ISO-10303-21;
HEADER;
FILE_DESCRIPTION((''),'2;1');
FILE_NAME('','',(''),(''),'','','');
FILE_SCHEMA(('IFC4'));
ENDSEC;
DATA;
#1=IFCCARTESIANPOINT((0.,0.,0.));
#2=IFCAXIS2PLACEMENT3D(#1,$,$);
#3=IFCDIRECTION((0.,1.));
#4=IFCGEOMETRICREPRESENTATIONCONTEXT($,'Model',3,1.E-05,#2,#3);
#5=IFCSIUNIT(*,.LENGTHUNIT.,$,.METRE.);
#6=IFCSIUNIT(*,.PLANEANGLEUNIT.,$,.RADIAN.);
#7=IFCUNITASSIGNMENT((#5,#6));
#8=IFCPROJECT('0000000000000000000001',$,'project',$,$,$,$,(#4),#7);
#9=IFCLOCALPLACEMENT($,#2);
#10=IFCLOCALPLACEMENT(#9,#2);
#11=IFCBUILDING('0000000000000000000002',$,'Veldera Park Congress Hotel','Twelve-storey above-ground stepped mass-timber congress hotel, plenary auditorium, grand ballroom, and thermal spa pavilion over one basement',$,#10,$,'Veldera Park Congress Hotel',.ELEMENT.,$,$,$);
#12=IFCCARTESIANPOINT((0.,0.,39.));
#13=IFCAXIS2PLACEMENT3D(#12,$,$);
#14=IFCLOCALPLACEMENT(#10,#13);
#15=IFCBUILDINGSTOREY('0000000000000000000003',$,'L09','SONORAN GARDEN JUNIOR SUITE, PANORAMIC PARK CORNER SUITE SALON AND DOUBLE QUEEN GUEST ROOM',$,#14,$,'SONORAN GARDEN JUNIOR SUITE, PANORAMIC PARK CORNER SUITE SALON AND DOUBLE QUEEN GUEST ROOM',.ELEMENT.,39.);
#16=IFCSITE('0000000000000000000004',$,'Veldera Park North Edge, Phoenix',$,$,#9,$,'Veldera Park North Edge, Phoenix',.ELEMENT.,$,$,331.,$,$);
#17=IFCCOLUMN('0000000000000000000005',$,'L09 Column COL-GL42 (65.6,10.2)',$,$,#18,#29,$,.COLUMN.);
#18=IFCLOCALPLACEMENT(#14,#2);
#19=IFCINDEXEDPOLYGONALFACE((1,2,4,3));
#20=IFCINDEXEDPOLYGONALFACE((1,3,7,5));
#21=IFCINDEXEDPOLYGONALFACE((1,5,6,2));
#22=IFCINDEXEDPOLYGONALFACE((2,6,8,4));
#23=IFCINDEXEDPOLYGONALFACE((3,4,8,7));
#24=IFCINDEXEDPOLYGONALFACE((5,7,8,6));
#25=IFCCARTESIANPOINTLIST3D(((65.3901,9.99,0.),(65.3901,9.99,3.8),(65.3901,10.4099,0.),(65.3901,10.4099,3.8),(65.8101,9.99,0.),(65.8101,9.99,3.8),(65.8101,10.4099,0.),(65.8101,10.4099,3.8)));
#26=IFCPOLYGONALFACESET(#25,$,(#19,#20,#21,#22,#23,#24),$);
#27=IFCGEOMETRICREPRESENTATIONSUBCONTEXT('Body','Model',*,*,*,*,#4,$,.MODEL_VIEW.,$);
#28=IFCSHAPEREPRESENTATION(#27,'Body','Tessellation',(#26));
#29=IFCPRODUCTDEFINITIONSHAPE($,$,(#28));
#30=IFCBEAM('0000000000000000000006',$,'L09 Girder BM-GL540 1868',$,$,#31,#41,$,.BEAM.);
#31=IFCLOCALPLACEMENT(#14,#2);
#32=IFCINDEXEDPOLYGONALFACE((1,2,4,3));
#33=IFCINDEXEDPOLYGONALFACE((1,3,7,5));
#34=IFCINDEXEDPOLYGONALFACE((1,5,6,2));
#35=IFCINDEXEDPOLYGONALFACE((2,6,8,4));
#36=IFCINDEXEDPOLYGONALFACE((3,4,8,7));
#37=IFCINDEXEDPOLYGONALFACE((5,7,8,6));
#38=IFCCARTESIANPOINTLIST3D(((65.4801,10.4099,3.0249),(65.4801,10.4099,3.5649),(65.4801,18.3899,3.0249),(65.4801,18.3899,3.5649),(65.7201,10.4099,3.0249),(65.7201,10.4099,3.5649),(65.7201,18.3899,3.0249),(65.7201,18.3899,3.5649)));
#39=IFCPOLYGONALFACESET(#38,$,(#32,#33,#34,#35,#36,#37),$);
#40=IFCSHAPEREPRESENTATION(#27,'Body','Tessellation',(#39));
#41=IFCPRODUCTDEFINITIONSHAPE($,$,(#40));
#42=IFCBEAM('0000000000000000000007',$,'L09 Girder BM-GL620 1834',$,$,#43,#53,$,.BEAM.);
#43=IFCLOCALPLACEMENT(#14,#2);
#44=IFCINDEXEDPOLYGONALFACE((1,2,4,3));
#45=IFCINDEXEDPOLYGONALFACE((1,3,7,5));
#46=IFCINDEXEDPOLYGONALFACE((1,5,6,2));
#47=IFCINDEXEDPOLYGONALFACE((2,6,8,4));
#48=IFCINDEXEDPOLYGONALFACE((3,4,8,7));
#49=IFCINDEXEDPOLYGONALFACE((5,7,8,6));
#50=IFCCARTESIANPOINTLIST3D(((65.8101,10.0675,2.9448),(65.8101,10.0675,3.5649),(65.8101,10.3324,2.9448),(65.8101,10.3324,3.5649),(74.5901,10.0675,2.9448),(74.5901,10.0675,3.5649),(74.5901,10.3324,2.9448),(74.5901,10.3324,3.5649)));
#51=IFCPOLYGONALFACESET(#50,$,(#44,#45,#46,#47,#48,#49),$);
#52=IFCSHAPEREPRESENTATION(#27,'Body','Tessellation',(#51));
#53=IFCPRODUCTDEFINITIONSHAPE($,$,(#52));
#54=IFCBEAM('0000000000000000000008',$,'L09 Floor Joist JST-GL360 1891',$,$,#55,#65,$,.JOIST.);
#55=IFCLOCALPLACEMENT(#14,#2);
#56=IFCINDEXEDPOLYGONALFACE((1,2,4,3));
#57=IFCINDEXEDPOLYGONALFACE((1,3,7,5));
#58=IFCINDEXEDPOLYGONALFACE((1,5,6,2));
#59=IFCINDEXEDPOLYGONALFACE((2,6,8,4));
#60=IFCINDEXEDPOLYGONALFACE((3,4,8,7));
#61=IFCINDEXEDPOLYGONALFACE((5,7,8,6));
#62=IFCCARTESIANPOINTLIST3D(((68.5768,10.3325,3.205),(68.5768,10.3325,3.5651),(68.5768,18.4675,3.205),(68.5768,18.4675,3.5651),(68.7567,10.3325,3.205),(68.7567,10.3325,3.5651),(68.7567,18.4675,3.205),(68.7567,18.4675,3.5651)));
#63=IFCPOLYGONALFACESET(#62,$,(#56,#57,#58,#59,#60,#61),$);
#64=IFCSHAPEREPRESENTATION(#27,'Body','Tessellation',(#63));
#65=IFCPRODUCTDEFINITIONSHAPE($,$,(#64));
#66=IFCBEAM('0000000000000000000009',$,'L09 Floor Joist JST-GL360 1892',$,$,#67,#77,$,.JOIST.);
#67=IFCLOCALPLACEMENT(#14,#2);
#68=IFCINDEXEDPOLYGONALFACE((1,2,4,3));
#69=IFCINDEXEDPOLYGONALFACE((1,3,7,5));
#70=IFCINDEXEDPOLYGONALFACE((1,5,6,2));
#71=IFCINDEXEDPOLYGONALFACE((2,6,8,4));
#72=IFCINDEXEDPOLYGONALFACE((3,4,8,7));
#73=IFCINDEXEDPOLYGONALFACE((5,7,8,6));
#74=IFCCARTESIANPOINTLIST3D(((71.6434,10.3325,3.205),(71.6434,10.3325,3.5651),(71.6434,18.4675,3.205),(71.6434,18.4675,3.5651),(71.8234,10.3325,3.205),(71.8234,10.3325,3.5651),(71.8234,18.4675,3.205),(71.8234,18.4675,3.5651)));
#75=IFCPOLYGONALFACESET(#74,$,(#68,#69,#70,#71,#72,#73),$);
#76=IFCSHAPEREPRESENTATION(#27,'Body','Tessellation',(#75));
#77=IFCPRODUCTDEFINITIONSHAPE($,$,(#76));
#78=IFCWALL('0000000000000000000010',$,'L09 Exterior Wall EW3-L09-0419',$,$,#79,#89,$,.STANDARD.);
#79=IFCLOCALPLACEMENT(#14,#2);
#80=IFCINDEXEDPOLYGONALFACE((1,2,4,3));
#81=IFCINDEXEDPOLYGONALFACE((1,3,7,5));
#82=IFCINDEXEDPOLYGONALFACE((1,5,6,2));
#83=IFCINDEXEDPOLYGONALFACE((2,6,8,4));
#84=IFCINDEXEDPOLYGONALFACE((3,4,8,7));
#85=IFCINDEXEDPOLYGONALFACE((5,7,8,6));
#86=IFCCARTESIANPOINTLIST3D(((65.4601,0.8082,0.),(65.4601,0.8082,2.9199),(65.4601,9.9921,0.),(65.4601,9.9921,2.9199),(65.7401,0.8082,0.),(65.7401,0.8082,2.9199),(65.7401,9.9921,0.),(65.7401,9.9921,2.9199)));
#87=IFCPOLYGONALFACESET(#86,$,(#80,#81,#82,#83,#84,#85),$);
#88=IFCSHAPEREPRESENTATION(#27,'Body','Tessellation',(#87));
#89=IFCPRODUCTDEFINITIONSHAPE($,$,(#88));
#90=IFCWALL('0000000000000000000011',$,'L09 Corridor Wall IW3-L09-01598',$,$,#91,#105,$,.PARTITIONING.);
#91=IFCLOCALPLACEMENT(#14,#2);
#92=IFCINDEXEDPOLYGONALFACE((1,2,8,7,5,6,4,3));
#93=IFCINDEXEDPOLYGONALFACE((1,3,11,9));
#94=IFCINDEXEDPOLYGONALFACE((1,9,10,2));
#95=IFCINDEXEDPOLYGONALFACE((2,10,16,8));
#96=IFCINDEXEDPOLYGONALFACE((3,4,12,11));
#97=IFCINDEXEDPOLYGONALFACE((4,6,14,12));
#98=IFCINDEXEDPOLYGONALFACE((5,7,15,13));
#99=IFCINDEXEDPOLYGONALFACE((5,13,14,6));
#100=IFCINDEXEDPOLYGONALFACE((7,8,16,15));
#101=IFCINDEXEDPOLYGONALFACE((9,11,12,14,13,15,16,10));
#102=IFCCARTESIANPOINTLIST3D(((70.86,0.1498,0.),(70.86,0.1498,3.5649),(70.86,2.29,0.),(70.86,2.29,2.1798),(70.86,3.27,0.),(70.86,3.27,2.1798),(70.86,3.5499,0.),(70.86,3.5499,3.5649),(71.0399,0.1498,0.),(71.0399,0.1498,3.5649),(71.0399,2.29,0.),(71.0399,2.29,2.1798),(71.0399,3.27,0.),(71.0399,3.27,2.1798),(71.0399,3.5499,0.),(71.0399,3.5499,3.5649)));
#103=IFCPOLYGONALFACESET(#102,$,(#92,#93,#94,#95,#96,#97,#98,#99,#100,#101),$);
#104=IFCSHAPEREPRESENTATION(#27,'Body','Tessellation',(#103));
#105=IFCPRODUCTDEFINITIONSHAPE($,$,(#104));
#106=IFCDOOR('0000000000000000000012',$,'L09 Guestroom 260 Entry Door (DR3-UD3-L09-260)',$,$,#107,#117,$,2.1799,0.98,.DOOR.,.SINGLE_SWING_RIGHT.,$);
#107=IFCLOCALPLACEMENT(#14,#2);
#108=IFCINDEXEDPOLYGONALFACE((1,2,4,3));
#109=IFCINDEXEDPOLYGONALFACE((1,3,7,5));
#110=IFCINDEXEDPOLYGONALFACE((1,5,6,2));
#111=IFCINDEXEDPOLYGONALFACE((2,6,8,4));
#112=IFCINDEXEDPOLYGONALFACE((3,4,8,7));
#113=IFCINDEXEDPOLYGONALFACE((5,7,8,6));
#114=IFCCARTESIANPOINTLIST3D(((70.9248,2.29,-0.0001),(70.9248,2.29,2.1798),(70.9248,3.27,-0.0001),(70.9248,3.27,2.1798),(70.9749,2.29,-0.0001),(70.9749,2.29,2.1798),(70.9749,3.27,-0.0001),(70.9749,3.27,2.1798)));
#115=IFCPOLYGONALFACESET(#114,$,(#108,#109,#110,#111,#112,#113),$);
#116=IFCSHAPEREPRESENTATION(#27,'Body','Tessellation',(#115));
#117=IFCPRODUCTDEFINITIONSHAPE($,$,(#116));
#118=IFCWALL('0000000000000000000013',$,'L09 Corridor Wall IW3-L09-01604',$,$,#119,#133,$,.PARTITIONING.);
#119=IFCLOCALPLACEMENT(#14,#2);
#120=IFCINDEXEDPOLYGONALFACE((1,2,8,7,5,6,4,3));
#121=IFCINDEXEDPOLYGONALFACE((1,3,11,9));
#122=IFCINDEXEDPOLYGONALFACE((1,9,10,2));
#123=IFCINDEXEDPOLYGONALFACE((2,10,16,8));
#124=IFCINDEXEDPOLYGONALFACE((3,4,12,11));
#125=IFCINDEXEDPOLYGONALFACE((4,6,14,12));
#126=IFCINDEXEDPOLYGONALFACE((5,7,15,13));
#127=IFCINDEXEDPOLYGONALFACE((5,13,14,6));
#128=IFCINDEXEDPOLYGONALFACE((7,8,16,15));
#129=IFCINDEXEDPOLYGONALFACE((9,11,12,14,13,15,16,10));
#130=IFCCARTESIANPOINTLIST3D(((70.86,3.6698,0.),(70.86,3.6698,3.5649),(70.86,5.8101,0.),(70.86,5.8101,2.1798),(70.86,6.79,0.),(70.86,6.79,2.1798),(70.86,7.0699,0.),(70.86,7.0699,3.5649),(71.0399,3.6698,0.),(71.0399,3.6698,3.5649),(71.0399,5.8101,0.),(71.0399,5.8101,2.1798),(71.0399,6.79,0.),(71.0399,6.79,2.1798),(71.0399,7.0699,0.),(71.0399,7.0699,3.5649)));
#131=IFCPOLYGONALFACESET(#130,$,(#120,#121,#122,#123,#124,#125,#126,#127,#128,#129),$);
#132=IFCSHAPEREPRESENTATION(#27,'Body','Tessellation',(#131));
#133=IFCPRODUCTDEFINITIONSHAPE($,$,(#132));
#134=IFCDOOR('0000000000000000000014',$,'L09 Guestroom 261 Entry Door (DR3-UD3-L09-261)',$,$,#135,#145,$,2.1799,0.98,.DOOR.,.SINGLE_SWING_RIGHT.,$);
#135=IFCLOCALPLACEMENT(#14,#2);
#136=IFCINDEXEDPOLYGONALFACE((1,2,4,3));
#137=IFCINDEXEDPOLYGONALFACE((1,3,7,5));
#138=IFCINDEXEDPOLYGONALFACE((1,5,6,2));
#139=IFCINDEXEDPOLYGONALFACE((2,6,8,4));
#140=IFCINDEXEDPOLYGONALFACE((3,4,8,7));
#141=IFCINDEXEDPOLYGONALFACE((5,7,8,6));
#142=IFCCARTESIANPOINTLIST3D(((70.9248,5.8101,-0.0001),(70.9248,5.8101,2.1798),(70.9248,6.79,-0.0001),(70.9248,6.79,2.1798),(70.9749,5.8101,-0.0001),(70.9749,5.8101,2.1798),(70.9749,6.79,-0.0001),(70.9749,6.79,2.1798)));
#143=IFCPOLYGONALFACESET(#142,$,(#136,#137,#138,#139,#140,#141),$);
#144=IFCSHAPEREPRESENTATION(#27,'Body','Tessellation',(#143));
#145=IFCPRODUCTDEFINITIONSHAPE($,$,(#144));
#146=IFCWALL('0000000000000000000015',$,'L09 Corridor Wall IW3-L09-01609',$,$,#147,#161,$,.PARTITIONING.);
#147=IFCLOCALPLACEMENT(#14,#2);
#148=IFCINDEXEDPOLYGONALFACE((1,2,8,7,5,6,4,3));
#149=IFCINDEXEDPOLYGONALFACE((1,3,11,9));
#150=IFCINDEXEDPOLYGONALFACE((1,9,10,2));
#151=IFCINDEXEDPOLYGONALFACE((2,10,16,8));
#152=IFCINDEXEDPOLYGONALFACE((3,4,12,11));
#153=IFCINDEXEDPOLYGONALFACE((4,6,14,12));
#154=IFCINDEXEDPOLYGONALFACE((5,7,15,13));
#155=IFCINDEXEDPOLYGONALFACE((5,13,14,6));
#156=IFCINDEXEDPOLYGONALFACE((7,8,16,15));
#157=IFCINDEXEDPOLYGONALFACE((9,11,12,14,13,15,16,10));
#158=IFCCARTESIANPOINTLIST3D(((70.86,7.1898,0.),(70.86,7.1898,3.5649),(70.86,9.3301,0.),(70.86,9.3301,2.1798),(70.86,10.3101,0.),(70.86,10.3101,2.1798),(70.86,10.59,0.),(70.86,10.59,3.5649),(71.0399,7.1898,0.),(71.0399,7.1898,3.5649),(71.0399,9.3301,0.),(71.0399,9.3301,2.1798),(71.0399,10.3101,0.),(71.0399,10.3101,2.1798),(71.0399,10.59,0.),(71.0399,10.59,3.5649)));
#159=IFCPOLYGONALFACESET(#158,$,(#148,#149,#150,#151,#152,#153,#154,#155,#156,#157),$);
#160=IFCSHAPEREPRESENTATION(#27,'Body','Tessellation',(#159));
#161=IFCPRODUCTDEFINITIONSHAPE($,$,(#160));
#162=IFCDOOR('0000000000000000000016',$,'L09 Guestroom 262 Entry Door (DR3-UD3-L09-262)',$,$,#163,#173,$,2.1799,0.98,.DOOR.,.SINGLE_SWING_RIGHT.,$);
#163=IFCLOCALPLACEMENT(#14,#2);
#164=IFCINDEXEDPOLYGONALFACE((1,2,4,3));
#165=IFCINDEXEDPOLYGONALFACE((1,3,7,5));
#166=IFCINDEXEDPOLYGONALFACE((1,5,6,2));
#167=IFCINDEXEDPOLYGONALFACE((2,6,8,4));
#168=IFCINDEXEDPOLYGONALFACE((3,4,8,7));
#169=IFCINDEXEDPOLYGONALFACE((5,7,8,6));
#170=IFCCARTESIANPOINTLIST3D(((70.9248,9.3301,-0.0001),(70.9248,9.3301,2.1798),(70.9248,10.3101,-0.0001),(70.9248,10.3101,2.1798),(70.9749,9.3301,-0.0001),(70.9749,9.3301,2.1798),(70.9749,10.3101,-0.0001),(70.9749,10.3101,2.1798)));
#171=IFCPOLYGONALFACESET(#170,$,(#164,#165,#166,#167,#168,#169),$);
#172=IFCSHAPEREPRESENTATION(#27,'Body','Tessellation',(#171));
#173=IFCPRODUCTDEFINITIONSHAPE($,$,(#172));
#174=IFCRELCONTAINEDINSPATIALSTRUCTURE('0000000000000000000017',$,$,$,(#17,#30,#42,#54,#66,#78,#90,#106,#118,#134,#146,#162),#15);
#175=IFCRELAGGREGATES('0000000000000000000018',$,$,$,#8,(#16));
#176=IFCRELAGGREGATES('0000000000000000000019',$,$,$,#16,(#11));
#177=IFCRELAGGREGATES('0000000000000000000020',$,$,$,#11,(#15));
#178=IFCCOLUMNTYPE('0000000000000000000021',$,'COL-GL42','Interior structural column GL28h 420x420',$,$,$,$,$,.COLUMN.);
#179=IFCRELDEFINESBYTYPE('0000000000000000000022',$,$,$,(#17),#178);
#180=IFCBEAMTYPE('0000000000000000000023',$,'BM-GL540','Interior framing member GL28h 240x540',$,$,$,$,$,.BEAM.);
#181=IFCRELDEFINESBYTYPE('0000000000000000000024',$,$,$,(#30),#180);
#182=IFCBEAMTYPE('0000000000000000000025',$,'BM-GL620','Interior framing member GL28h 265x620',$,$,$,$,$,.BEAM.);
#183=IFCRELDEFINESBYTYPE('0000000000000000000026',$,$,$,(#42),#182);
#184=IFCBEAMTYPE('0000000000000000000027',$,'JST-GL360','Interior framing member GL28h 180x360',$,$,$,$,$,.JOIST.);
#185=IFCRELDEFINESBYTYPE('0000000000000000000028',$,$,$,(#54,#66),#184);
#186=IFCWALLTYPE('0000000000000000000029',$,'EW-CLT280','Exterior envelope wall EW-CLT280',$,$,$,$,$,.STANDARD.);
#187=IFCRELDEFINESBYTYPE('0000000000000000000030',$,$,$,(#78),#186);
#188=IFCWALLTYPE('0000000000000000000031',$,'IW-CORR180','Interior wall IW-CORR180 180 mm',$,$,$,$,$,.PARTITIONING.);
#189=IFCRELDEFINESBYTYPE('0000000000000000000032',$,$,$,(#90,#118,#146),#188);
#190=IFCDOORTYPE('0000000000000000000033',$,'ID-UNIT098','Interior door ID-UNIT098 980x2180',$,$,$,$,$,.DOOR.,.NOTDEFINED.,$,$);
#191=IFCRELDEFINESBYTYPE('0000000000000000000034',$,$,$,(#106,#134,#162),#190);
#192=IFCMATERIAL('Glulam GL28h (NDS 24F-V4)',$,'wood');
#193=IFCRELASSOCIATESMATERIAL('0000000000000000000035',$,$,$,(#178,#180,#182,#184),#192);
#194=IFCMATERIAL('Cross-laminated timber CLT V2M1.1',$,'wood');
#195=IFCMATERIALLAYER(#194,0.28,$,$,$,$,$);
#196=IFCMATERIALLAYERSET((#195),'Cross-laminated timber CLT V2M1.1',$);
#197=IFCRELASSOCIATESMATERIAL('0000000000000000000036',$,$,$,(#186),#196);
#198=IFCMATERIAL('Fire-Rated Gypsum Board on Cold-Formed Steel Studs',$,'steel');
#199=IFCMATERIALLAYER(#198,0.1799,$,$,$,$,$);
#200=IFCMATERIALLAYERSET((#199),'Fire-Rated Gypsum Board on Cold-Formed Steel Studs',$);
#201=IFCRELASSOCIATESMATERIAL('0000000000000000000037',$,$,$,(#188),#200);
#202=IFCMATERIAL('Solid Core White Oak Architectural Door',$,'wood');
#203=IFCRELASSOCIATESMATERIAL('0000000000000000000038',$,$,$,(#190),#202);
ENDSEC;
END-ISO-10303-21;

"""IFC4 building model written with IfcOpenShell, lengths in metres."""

from ifc_helpers import new_model, si_unit, direction, frame, frame_2d, origin, origin_2d, place, context, subcontext, project, spatial, rectangle, extrude, material, layer, layer_set, material_profile, profile_set, type_object, element, fill, save


model = new_model("IFC4")

# Units and contexts
model_context = context("Model", 3, precision=1e-05, world=origin(), true_north=direction((0.0, 1.0)))
body_context = subcontext(model_context, "Body", "Model", "MODEL_VIEW")
ifc_project = project(units=[si_unit("LENGTHUNIT", "METRE"), si_unit("PLANEANGLEUNIT", "RADIAN")], contexts=[model_context])

# Site, building, storey
site_placement = place(None, origin())
site = spatial("IfcSite", under=ifc_project, at=site_placement, Name="Veldera Park North Edge, Phoenix", LongName="Veldera Park North Edge, Phoenix", CompositionType="ELEMENT", RefElevation=331.0)
building_placement = place(site_placement, origin())
building = spatial("IfcBuilding", under=site, at=building_placement, Name="Veldera Park Congress Hotel", Description="Twelve-storey above-ground stepped mass-timber congress hotel, plenary auditorium, grand ballroom, and thermal spa pavilion over one basement", LongName="Veldera Park Congress Hotel", CompositionType="ELEMENT")
storey_placement = place(building_placement, frame((0.0, 0.0, 39.0)))
storey = spatial("IfcBuildingStorey", under=building, at=storey_placement, Name="L09", Description="SONORAN GARDEN JUNIOR SUITE, PANORAMIC PARK CORNER SUITE SALON AND DOUBLE QUEEN GUEST ROOM", LongName="SONORAN GARDEN JUNIOR SUITE, PANORAMIC PARK CORNER SUITE SALON AND DOUBLE QUEEN GUEST ROOM", CompositionType="ELEMENT", Elevation=39.0)

# Column
ifc_material_1 = material(Name="Glulam GL28h (NDS 24F-V4)", Category="wood")
ifc_material_profile_1 = material_profile(ifc_material_1, rectangle(XDim=0.4199, YDim=0.4199, at=origin_2d()), Name="GL28h 420x420")
ifc_profile_set_1 = profile_set([ifc_material_profile_1], Name="Glulam GL28h (NDS 24F-V4)")
column_type = type_object("IfcColumnType", Name="COL-GL42", Description="Interior structural column GL28h 420x420", PredefinedType="COLUMN", material=ifc_profile_set_1)
column_placement = place(storey_placement, frame((65.6001, 10.2, 0.0), z_axis=(0.0, 0.0, 1.0), x_axis=(1.0, 0.0, 0.0)))
element("IfcColumn", 1, at=column_placement, inside=storey, type_object=column_type, Name="L09 Column COL-GL42 (65.6,10.2)", PredefinedType="COLUMN", context=body_context, shape_type="SweptSolid", body=[
    extrude(rectangle(XDim=0.4199, YDim=0.4199, at=origin_2d()), origin(), (0.0, 0.0, 1.0), 3.8),
])

# Beams
ifc_material_profile_2 = material_profile(ifc_material_1, rectangle(XDim=0.24, YDim=0.54, at=origin_2d()), Name="GL28h 240x540")
ifc_profile_set_2 = profile_set([ifc_material_profile_2], Name="Glulam GL28h (NDS 24F-V4)")
beam_type_1 = type_object("IfcBeamType", Name="BM-GL540", Description="Interior framing member GL28h 240x540", PredefinedType="BEAM", material=ifc_profile_set_2)
beam_1_placement = place(storey_placement, frame((65.6001, 10.4099, 3.2949), z_axis=(0.0, 1.0, 0.0), x_axis=(-1.0, 0.0, 0.0)))
element("IfcBeam", 2, at=beam_1_placement, inside=storey, type_object=beam_type_1, Name="L09 Girder BM-GL540 1868", PredefinedType="BEAM", context=body_context, shape_type="SweptSolid", body=[
    extrude(rectangle(XDim=0.24, YDim=0.54, at=origin_2d()), origin(), (0.0, 0.0, 1.0), 7.98),
])
ifc_material_profile_3 = material_profile(ifc_material_1, rectangle(XDim=0.2649, YDim=0.6201, at=origin_2d()), Name="GL28h 265x620")
ifc_profile_set_3 = profile_set([ifc_material_profile_3], Name="Glulam GL28h (NDS 24F-V4)")
beam_type_2 = type_object("IfcBeamType", Name="BM-GL620", Description="Interior framing member GL28h 265x620", PredefinedType="BEAM", material=ifc_profile_set_3)
beam_2_placement = place(storey_placement, frame((65.8101, 10.2, 3.2549), z_axis=(1.0, 0.0, 0.0), x_axis=(0.0, 1.0, 0.0)))
element("IfcBeam", 3, at=beam_2_placement, inside=storey, type_object=beam_type_2, Name="L09 Girder BM-GL620 1834", PredefinedType="BEAM", context=body_context, shape_type="SweptSolid", body=[
    extrude(rectangle(XDim=0.2649, YDim=0.6201, at=origin_2d()), origin(), (0.0, 0.0, 1.0), 8.78),
])
ifc_material_profile_4 = material_profile(ifc_material_1, rectangle(XDim=0.1799, YDim=0.3601, at=origin_2d()), Name="GL28h 180x360")
ifc_profile_set_4 = profile_set([ifc_material_profile_4], Name="Glulam GL28h (NDS 24F-V4)")
beam_type_3 = type_object("IfcBeamType", Name="JST-GL360", Description="Interior framing member GL28h 180x360", PredefinedType="JOIST", material=ifc_profile_set_4)
for number, where, z_axis, x_axis, name in (
    (4, (68.6667, 10.3325, 3.385), (0.0, 1.0, 0.0), (-1.0, 0.0, 0.0), "L09 Floor Joist JST-GL360 1891"),
    (5, (71.7334, 10.3325, 3.385), (0.0, 1.0, 0.0), (-1.0, 0.0, 0.0), "L09 Floor Joist JST-GL360 1892"),
):
    element("IfcBeam", number, at=place(storey_placement, frame(where, z_axis=z_axis, x_axis=x_axis)), inside=storey, type_object=beam_type_3, Name=name, PredefinedType="JOIST", context=body_context, shape_type="SweptSolid", body=[
        extrude(rectangle(XDim=0.1799, YDim=0.3601, at=origin_2d()), origin(), (0.0, 0.0, 1.0), 8.135),
    ])

# Wall
ifc_material_2 = material(Name="Cross-laminated timber CLT V2M1.1", Category="wood")
ifc_layer_1 = layer(ifc_material_2, 0.28)
ifc_layer_set_1 = layer_set([ifc_layer_1], Name="Cross-laminated timber CLT V2M1.1")
wall_type_1 = type_object("IfcWallType", Name="EW-CLT280", Description="Exterior envelope wall EW-CLT280", PredefinedType="STANDARD", material=ifc_layer_set_1)
wall_1_placement = place(storey_placement, frame((65.6001, 9.9919, 0.0), z_axis=(0.0, 0.0, 1.0), x_axis=(0.0, -1.0, 0.0)))
element("IfcWall", 6, at=wall_1_placement, inside=storey, type_object=wall_type_1, Name="L09 Exterior Wall EW3-L09-0419", PredefinedType="STANDARD", context=body_context, shape_type="SweptSolid", body=[
    extrude(rectangle(XDim=9.1838, YDim=0.28, at=frame_2d((4.5918, 0.0))), origin(), (0.0, 0.0, 1.0), 2.9199),
])

# Walls, openings, doors
ifc_material_3 = material(Name="Fire-Rated Gypsum Board on Cold-Formed Steel Studs", Category="steel")
ifc_layer_2 = layer(ifc_material_3, 0.1799)
ifc_layer_set_2 = layer_set([ifc_layer_2], Name="Fire-Rated Gypsum Board on Cold-Formed Steel Studs")
wall_type_2 = type_object("IfcWallType", Name="IW-CORR180", Description="Interior wall IW-CORR180 180 mm", PredefinedType="PARTITIONING", material=ifc_layer_set_2)
wall_2_placement = place(storey_placement, frame((70.95, 3.55, 0.0), z_axis=(0.0, 0.0, 1.0), x_axis=(0.0, -1.0, 0.0)))
wall_2 = element("IfcWall", 7, at=wall_2_placement, inside=storey, type_object=wall_type_2, Name="L09 Corridor Wall IW3-L09-01598", PredefinedType="PARTITIONING", context=body_context, shape_type="SweptSolid", body=[
    extrude(rectangle(XDim=3.4001, YDim=0.1799, at=frame_2d((1.7002, 0.0))), origin(), (0.0, 0.0, 1.0), 3.5649),
])
opening_1_placement = place(wall_2_placement, frame((0.28, 0.0, 0.0)))
opening_1 = element("IfcOpeningElement", 8, at=opening_1_placement, cuts=wall_2, PredefinedType="OPENING", context=body_context, shape_type="SweptSolid", body=[
    extrude(rectangle(XDim=0.98, YDim=2.1799, at=frame_2d((0.49, 1.0898))), frame((0.0, 0.1021, 0.0), z_axis=(0.0, -1.0, 0.0), x_axis=(1.0, 0.0, 0.0)), (0.0, 0.0, 1.0), 0.2039),
])
ifc_material_4 = material(Name="Solid Core White Oak Architectural Door", Category="wood")
door_type = type_object("IfcDoorType", Name="ID-UNIT098", Description="Interior door ID-UNIT098 980x2180", OperationType="NOTDEFINED", PredefinedType="DOOR", material=ifc_material_4)
door_1_placement = place(opening_1_placement, origin())
door_1 = element("IfcDoor", 9, at=door_1_placement, inside=storey, type_object=door_type, Name="L09 Guestroom 260 Entry Door (DR3-UD3-L09-260)", OperationType="SINGLE_SWING_RIGHT", OverallHeight=2.1799, OverallWidth=0.98, PredefinedType="DOOR", context=body_context, shape_type="SweptSolid", body=[
    extrude(rectangle(XDim=0.98, YDim=2.1799, at=frame_2d((0.49, 1.0898))), frame((0.0, 0.0249, 0.0), z_axis=(0.0, -1.0, 0.0), x_axis=(1.0, 0.0, 0.0)), (0.0, 0.0, 1.0), 0.05),
])
fill(opening_1, door_1)
wall_3_placement = place(storey_placement, frame((70.95, 7.0701, 0.0), z_axis=(0.0, 0.0, 1.0), x_axis=(0.0, -1.0, 0.0)))
wall_3 = element("IfcWall", 10, at=wall_3_placement, inside=storey, type_object=wall_type_2, Name="L09 Corridor Wall IW3-L09-01604", PredefinedType="PARTITIONING", context=body_context, shape_type="SweptSolid", body=[
    extrude(rectangle(XDim=3.4001, YDim=0.1799, at=frame_2d((1.7002, 0.0))), origin(), (0.0, 0.0, 1.0), 3.5649),
])
opening_2_placement = place(wall_3_placement, frame((0.28, 0.0, 0.0)))
opening_2 = element("IfcOpeningElement", 11, at=opening_2_placement, cuts=wall_3, PredefinedType="OPENING", context=body_context, shape_type="SweptSolid", body=[
    extrude(rectangle(XDim=0.98, YDim=2.1799, at=frame_2d((0.49, 1.0898))), frame((0.0, 0.1021, 0.0), z_axis=(0.0, -1.0, 0.0), x_axis=(1.0, 0.0, 0.0)), (0.0, 0.0, 1.0), 0.2039),
])
door_2_placement = place(opening_2_placement, origin())
door_2 = element("IfcDoor", 12, at=door_2_placement, inside=storey, type_object=door_type, Name="L09 Guestroom 261 Entry Door (DR3-UD3-L09-261)", OperationType="SINGLE_SWING_RIGHT", OverallHeight=2.1799, OverallWidth=0.98, PredefinedType="DOOR", context=body_context, shape_type="SweptSolid", body=[
    extrude(rectangle(XDim=0.98, YDim=2.1799, at=frame_2d((0.49, 1.0898))), frame((0.0, 0.0249, 0.0), z_axis=(0.0, -1.0, 0.0), x_axis=(1.0, 0.0, 0.0)), (0.0, 0.0, 1.0), 0.05),
])
fill(opening_2, door_2)
wall_4_placement = place(storey_placement, frame((70.95, 10.5901, 0.0), z_axis=(0.0, 0.0, 1.0), x_axis=(0.0, -1.0, 0.0)))
wall_4 = element("IfcWall", 13, at=wall_4_placement, inside=storey, type_object=wall_type_2, Name="L09 Corridor Wall IW3-L09-01609", PredefinedType="PARTITIONING", context=body_context, shape_type="SweptSolid", body=[
    extrude(rectangle(XDim=3.4001, YDim=0.1799, at=frame_2d((1.7002, 0.0))), origin(), (0.0, 0.0, 1.0), 3.5649),
])
opening_3_placement = place(wall_4_placement, frame((0.28, 0.0, 0.0)))
opening_3 = element("IfcOpeningElement", 14, at=opening_3_placement, cuts=wall_4, PredefinedType="OPENING", context=body_context, shape_type="SweptSolid", body=[
    extrude(rectangle(XDim=0.98, YDim=2.1799, at=frame_2d((0.49, 1.0898))), frame((0.0, 0.1021, 0.0), z_axis=(0.0, -1.0, 0.0), x_axis=(1.0, 0.0, 0.0)), (0.0, 0.0, 1.0), 0.2039),
])
door_3_placement = place(opening_3_placement, origin())
door_3 = element("IfcDoor", 15, at=door_3_placement, inside=storey, type_object=door_type, Name="L09 Guestroom 262 Entry Door (DR3-UD3-L09-262)", OperationType="SINGLE_SWING_RIGHT", OverallHeight=2.1799, OverallWidth=0.98, PredefinedType="DOOR", context=body_context, shape_type="SweptSolid", body=[
    extrude(rectangle(XDim=0.98, YDim=2.1799, at=frame_2d((0.49, 1.0898))), frame((0.0, 0.0249, 0.0), z_axis=(0.0, -1.0, 0.0), x_axis=(1.0, 0.0, 0.0)), (0.0, 0.0, 1.0), 0.05),
])
fill(opening_3, door_3)

save(model, "model.ifc")
